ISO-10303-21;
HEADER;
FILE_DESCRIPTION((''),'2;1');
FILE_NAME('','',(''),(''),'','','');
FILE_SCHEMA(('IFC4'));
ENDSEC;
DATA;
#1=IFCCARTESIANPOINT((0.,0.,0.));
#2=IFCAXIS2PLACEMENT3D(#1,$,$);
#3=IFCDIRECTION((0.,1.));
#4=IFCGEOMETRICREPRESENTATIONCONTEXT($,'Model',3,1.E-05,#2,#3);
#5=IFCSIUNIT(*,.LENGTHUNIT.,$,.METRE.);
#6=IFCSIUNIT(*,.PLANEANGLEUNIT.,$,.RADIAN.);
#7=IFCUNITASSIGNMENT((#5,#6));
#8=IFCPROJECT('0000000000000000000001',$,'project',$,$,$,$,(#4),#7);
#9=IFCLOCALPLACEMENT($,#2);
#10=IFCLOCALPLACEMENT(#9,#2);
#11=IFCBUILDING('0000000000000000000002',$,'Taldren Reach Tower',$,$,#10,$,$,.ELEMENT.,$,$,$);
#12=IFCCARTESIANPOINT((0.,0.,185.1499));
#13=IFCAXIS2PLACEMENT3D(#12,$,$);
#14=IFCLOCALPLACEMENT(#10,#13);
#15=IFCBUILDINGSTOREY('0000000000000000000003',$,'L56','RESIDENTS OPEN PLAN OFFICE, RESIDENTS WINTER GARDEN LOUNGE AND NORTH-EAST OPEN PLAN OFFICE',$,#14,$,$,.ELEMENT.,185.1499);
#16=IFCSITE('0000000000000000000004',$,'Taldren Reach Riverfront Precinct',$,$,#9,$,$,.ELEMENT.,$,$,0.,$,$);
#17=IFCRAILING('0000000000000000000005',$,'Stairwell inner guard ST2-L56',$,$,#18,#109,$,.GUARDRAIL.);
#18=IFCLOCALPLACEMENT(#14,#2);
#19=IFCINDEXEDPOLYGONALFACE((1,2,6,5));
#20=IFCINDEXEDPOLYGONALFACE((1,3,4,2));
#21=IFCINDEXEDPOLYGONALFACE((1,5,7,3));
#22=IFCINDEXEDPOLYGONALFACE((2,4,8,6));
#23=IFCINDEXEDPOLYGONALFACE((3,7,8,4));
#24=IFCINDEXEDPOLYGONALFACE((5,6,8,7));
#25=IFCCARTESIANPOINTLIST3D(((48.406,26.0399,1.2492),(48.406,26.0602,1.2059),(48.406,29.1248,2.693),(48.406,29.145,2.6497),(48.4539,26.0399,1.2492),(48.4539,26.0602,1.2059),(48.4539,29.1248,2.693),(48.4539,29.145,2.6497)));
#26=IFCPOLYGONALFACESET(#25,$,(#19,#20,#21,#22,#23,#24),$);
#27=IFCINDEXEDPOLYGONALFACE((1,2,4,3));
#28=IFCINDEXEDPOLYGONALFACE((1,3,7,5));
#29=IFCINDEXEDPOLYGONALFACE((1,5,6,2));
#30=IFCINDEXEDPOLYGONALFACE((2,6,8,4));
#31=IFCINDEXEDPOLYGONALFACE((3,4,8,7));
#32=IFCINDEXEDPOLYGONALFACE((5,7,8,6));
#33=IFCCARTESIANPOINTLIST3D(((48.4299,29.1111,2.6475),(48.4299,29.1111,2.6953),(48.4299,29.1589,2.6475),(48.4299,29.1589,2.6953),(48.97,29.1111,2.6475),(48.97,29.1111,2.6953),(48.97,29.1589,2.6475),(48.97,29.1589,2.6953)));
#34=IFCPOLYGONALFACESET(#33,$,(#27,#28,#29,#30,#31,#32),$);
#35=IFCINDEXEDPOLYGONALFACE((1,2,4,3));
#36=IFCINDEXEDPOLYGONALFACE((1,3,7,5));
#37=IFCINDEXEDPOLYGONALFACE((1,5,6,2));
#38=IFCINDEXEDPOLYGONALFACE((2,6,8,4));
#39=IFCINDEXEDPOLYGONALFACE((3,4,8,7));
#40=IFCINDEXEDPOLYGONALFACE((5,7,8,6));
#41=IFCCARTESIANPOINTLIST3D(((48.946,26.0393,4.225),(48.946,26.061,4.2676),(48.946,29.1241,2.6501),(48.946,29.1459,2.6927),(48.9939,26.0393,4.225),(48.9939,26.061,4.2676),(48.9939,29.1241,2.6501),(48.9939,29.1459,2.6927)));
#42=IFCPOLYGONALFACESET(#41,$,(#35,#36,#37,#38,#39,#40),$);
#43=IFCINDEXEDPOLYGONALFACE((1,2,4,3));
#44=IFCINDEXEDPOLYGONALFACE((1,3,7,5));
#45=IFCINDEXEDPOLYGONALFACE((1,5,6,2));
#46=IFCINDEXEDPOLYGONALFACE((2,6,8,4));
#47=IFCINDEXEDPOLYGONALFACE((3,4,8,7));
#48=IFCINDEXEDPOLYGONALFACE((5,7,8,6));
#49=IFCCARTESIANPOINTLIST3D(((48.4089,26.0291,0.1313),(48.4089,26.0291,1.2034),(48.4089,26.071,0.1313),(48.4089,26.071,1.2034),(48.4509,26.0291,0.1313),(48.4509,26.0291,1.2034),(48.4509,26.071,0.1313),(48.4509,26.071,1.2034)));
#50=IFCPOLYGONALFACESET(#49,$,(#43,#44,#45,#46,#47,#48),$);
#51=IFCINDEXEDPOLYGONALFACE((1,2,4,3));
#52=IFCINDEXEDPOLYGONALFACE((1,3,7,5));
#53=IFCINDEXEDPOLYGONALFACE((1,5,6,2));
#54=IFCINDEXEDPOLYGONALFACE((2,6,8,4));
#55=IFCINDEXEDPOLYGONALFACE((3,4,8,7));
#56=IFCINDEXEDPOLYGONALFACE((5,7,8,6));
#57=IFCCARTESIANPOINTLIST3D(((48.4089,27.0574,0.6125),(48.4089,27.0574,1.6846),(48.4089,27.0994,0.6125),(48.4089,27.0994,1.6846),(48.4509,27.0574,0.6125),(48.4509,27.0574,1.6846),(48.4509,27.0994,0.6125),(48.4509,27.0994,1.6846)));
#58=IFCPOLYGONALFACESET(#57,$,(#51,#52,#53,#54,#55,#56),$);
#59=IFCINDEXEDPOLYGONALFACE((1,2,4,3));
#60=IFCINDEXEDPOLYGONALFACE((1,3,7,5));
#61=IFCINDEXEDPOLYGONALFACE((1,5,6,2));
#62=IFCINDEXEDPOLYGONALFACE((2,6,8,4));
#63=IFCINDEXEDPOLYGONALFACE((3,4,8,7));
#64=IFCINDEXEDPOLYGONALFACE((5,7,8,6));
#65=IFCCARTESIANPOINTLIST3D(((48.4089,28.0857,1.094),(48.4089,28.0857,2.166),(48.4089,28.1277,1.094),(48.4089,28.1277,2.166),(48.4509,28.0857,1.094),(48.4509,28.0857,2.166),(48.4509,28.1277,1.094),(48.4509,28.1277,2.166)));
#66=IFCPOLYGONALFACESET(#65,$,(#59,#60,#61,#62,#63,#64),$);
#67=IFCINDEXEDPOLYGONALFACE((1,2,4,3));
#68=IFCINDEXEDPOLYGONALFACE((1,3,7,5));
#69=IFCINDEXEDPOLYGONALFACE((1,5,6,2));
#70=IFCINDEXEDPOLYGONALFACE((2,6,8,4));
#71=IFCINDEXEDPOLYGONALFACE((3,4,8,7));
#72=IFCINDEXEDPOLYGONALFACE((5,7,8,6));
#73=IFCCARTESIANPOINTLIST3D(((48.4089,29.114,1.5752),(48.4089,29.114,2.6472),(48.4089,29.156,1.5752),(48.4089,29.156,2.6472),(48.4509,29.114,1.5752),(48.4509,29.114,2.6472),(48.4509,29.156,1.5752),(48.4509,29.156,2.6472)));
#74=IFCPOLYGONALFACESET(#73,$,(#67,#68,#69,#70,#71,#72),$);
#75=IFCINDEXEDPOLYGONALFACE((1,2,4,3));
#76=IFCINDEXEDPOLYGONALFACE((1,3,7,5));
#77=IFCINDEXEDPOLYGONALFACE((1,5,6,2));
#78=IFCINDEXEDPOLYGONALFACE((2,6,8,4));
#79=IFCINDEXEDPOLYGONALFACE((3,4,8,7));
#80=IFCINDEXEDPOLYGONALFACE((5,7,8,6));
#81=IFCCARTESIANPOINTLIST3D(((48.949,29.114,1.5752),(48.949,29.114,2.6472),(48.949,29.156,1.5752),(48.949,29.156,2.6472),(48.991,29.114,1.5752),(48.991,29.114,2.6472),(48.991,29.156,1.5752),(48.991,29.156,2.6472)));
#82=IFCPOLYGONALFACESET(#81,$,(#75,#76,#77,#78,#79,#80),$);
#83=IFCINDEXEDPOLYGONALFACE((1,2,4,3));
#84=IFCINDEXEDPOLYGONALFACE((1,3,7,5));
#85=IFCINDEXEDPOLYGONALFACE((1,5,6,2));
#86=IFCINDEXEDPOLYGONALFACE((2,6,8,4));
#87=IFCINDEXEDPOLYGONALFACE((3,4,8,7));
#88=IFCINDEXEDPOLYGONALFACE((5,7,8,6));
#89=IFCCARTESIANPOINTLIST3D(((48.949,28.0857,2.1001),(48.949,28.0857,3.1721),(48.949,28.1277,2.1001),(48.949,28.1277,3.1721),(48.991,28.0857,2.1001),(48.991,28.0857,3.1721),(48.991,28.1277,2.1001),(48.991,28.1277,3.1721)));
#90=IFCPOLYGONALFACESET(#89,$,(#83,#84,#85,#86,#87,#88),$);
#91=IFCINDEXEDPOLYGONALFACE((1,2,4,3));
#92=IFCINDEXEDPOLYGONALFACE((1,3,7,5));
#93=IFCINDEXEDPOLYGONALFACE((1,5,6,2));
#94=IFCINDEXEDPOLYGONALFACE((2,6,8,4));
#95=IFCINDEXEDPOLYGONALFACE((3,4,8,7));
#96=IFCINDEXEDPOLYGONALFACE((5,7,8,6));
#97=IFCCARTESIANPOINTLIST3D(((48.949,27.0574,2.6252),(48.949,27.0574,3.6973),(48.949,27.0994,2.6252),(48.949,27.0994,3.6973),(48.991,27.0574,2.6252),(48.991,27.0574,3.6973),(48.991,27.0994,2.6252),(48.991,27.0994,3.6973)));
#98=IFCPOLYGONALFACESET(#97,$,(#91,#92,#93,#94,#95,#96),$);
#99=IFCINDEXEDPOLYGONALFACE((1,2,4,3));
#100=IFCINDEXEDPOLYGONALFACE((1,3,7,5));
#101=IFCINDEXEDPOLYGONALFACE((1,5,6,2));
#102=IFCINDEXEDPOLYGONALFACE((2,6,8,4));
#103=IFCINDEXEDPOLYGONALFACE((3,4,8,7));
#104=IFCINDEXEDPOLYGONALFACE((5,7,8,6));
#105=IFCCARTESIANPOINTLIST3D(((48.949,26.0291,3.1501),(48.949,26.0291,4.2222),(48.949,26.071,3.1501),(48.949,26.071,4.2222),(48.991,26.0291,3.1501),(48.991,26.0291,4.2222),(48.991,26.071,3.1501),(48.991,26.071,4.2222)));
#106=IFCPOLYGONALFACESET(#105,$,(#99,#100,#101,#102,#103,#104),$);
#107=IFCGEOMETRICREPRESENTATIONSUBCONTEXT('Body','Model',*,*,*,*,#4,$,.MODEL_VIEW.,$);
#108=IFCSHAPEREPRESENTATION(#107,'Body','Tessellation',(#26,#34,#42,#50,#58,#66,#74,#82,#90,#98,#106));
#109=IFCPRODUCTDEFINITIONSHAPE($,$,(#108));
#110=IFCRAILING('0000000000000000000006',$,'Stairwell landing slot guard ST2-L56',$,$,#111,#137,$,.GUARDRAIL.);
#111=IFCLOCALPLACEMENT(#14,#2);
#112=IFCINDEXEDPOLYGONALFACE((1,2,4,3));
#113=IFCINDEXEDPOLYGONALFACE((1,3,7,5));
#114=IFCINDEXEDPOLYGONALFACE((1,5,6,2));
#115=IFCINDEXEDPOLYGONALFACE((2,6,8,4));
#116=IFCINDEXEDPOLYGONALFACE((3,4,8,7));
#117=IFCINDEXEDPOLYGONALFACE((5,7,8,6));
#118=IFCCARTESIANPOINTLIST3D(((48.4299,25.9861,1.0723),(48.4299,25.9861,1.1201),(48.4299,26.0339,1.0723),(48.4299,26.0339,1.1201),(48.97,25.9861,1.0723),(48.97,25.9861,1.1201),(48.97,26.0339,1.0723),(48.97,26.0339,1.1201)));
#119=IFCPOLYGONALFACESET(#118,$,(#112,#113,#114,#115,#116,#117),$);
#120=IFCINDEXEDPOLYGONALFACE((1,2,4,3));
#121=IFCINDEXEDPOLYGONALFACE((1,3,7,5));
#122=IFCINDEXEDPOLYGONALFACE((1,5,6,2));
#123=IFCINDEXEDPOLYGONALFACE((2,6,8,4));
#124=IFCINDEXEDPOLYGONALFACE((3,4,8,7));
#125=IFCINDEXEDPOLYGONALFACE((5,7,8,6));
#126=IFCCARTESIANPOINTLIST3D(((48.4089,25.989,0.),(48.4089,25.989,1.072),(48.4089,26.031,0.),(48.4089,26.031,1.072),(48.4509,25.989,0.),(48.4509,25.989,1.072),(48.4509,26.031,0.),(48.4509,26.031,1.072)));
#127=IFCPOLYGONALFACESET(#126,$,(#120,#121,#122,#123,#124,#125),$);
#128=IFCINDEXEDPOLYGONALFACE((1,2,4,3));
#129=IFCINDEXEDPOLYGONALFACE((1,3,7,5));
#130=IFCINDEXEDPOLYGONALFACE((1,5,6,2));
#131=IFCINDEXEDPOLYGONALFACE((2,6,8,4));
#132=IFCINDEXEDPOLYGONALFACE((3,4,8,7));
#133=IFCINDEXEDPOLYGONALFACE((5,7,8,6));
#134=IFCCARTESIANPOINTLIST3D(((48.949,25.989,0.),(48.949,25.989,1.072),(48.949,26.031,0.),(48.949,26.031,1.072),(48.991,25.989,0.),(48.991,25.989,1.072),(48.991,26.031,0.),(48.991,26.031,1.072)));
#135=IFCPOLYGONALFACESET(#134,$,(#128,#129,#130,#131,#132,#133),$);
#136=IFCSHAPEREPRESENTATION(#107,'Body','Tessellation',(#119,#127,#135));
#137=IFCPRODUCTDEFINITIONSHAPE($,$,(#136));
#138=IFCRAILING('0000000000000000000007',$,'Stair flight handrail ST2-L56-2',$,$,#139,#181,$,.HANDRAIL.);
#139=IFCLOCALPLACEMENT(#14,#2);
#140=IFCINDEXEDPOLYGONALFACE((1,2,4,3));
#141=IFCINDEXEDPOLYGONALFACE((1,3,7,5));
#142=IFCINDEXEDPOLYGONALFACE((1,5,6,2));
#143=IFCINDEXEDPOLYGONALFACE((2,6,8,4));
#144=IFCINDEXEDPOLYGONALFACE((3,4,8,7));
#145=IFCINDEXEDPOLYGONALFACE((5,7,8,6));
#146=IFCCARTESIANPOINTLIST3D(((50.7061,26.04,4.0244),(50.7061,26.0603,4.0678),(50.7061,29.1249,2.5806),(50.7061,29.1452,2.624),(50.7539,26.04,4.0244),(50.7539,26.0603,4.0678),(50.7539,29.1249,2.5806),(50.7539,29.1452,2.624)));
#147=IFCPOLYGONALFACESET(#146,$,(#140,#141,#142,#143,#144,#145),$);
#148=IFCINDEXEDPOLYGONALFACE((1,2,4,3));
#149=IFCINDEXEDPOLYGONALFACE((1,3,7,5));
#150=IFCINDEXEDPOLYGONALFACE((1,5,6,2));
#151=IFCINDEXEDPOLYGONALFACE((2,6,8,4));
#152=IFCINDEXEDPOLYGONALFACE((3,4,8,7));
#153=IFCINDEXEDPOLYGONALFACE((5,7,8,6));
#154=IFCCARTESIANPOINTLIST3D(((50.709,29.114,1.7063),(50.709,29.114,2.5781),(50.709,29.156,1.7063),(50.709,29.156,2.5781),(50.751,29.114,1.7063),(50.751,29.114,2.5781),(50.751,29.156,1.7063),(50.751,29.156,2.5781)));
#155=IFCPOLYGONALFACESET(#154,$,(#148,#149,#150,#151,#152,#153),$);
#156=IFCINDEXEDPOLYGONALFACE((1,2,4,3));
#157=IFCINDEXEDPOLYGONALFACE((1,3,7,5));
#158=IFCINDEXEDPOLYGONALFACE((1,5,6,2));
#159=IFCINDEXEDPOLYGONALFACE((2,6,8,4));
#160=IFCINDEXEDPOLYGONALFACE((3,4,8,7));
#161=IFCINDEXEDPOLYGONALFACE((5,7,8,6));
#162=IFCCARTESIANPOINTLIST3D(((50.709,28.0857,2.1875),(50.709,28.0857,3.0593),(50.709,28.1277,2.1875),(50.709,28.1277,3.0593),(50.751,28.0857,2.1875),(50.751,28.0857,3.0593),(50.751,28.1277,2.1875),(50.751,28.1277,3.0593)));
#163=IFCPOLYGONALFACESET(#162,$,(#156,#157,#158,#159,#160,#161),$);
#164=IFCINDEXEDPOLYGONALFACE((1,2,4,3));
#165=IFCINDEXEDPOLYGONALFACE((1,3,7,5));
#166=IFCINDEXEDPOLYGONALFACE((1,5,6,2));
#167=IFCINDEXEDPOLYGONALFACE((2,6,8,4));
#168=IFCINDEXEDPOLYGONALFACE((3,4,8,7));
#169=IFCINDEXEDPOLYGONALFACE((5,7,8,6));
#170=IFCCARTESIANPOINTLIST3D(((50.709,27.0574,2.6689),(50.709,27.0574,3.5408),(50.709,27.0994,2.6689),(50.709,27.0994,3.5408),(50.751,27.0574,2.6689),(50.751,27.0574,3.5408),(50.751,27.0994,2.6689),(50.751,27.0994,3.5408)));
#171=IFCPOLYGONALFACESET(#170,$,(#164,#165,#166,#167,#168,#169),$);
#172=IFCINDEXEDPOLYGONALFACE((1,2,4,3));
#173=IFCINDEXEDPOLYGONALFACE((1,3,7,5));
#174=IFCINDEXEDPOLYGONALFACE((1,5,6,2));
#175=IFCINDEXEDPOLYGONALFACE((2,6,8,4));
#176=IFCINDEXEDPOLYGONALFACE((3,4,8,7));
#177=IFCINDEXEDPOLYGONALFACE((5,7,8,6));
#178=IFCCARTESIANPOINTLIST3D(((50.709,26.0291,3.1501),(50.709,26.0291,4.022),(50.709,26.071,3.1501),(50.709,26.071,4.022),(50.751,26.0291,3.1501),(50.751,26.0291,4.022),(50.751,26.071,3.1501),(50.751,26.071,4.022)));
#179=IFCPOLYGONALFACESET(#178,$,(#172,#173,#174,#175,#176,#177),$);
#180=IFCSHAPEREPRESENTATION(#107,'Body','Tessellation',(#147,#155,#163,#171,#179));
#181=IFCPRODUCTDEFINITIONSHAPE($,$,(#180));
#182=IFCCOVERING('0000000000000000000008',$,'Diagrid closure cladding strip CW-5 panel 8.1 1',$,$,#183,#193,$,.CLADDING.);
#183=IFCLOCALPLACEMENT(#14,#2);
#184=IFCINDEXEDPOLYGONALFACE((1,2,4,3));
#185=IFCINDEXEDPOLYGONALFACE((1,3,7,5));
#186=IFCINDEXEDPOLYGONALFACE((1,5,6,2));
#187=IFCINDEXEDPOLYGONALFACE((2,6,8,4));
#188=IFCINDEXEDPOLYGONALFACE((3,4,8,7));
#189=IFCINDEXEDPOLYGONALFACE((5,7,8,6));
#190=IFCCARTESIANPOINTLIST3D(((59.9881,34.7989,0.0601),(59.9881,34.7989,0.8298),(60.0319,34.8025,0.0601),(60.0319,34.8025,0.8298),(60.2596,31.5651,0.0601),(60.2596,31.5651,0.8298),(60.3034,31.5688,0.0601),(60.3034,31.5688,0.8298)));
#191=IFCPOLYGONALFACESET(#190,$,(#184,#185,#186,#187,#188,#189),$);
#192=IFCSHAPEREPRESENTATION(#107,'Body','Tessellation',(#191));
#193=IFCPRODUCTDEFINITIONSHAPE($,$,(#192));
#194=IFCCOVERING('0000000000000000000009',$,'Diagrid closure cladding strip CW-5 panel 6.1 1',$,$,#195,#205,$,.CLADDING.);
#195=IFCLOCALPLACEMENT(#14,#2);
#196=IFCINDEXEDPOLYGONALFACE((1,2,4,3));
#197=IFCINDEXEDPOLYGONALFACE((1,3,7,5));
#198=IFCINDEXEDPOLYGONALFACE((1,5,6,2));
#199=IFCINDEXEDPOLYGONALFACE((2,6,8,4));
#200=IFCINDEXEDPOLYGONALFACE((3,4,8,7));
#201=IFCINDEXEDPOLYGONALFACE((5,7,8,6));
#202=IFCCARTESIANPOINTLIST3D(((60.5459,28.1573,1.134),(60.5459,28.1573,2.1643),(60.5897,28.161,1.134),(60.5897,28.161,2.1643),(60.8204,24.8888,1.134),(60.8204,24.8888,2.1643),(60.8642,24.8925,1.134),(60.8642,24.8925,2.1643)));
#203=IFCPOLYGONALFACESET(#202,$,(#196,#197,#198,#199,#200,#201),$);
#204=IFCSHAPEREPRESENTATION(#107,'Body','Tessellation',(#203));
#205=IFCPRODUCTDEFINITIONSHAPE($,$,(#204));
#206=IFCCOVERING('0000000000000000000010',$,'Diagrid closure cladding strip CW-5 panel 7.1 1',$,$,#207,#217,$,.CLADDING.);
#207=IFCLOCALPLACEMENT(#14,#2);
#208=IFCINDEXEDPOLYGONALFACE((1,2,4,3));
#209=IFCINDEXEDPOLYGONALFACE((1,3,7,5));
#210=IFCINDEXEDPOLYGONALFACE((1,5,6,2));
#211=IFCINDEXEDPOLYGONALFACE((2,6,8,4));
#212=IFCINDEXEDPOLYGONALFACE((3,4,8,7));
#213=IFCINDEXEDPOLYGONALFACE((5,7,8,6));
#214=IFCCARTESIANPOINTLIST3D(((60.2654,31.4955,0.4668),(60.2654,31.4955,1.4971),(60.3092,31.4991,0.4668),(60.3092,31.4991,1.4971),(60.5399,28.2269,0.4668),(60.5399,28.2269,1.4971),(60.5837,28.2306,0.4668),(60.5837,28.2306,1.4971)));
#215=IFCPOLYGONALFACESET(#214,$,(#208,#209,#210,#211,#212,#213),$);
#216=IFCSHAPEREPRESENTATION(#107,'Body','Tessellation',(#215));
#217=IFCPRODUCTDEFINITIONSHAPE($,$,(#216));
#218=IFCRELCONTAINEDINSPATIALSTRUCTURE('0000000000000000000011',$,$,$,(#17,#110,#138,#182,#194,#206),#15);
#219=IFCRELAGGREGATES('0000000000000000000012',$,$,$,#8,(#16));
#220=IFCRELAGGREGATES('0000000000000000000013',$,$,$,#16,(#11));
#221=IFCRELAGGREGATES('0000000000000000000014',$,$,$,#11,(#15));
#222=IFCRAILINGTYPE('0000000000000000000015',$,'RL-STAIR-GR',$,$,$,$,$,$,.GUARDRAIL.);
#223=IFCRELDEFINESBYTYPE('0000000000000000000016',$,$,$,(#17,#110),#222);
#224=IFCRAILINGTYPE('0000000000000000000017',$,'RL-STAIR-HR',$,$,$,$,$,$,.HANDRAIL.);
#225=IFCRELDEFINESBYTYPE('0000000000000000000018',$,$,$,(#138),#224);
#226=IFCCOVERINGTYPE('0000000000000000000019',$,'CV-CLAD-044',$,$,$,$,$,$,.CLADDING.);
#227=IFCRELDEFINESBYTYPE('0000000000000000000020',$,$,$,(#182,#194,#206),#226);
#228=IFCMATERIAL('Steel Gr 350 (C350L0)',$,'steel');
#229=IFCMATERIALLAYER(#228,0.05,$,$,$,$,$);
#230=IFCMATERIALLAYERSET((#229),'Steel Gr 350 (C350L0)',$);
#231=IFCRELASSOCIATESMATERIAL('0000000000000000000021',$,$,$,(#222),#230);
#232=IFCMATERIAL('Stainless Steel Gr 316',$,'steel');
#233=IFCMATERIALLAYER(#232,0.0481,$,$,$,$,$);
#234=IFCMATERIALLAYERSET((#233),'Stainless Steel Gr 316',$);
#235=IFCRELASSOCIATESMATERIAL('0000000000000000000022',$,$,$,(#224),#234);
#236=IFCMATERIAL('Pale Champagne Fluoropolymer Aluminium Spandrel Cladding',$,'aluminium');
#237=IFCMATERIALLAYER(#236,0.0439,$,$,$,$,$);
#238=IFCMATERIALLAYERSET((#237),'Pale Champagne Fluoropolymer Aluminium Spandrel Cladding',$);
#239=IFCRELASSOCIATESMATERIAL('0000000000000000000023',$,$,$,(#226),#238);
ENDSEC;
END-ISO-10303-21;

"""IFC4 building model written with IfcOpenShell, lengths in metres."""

from ifc_helpers import new_model, si_unit, direction, frame, origin, origin_2d, place, context, subcontext, project, spatial, rectangle, extrude, source, transform, mapped, material, layer, layer_set, type_object, element, save


model = new_model("IFC4")

# Units and contexts
model_context = context("Model", 3, precision=1e-05, world=origin(), true_north=direction((0.0, 1.0)))
body_context = subcontext(model_context, "Body", "Model", "MODEL_VIEW")
ifc_project = project(units=[si_unit("LENGTHUNIT", "METRE"), si_unit("PLANEANGLEUNIT", "RADIAN")], contexts=[model_context])

# Site, building, storey
site_placement = place(None, origin())
site = spatial("IfcSite", under=ifc_project, at=site_placement, Name="Taldren Reach Riverfront Precinct", CompositionType="ELEMENT", RefElevation=0.0)
building_placement = place(site_placement, origin())
building = spatial("IfcBuilding", under=site, at=building_placement, Name="Taldren Reach Tower", CompositionType="ELEMENT")
storey_placement = place(building_placement, frame((0.0, 0.0, 185.1499)))
storey = spatial("IfcBuildingStorey", under=building, at=storey_placement, Name="L56", Description="RESIDENTS OPEN PLAN OFFICE, RESIDENTS WINTER GARDEN LOUNGE AND NORTH-EAST OPEN PLAN OFFICE", CompositionType="ELEMENT", Elevation=185.1499)

# Railings
ifc_material_1 = material(Name="Steel Gr 350 (C350L0)", Category="steel")
ifc_layer_1 = layer(ifc_material_1, 0.05)
ifc_layer_set_1 = layer_set([ifc_layer_1], Name="Steel Gr 350 (C350L0)")
railing_type_1 = type_object("IfcRailingType", Name="RL-STAIR-GR", PredefinedType="GUARDRAIL", material=ifc_layer_set_1)
railing_1_placement = place(storey_placement, frame((48.4299, 26.05, 0.1313)))
element("IfcRailing", 1, at=railing_1_placement, inside=storey, type_object=railing_type_1, Name="Stairwell inner guard ST2-L56", PredefinedType="GUARDRAIL", context=body_context, shape_type="SweptSolid", body=[
    extrude(rectangle(XDim=0.0479, YDim=0.0479, at=origin_2d()), frame((0.0, 0.0, 1.0962), z_axis=(0.0, 0.90571, 0.423898), x_axis=(-1.0, 0.0, 0.0)), (0.0, 0.0, 1.0), 3.406),
    extrude(rectangle(XDim=0.0479, YDim=0.0479, at=origin_2d()), frame((0.0, 3.085, 2.54), z_axis=(1.0, 0.0, 0.0), x_axis=(0.0, 1.0, 0.0)), (0.0, 0.0, 1.0), 0.54),
    extrude(rectangle(XDim=0.0479, YDim=0.0479, at=origin_2d()), frame((0.54, 3.085, 2.54), z_axis=(0.0, -0.890646, 0.454697), x_axis=(1.0, 0.0, 0.0)), (0.0, 0.0, 1.0), 3.4636),
    extrude(rectangle(XDim=0.042, YDim=0.042, at=origin_2d()), origin(), (0.0, 0.0, 1.0), 1.072),
    extrude(rectangle(XDim=0.042, YDim=0.042, at=origin_2d()), frame((0.0, 1.0283, 0.4812)), (0.0, 0.0, 1.0), 1.072),
    extrude(rectangle(XDim=0.042, YDim=0.042, at=origin_2d()), frame((0.0, 2.0566, 0.9626)), (0.0, 0.0, 1.0), 1.072),
    extrude(rectangle(XDim=0.042, YDim=0.042, at=origin_2d()), frame((0.0, 3.085, 1.4438)), (0.0, 0.0, 1.0), 1.072),
    extrude(rectangle(XDim=0.042, YDim=0.042, at=origin_2d()), frame((0.54, 3.085, 1.4438)), (0.0, 0.0, 1.0), 1.072),
    extrude(rectangle(XDim=0.042, YDim=0.042, at=origin_2d()), frame((0.54, 2.0566, 1.9688)), (0.0, 0.0, 1.0), 1.072),
    extrude(rectangle(XDim=0.042, YDim=0.042, at=origin_2d()), frame((0.54, 1.0283, 2.4939)), (0.0, 0.0, 1.0), 1.072),
    extrude(rectangle(XDim=0.042, YDim=0.042, at=origin_2d()), frame((0.54, 0.0, 3.0188)), (0.0, 0.0, 1.0), 1.072),
])
railing_2_placement = place(storey_placement, frame((48.4299, 26.01, 0.0)))
element("IfcRailing", 2, at=railing_2_placement, inside=storey, type_object=railing_type_1, Name="Stairwell landing slot guard ST2-L56", PredefinedType="GUARDRAIL", context=body_context, shape_type="SweptSolid", body=[
    extrude(rectangle(XDim=0.0479, YDim=0.0479, at=origin_2d()), frame((0.0, 0.0, 1.0962), z_axis=(1.0, 0.0, 0.0), x_axis=(0.0, 1.0, 0.0)), (0.0, 0.0, 1.0), 0.54),
    extrude(rectangle(XDim=0.042, YDim=0.042, at=origin_2d()), origin(), (0.0, 0.0, 1.0), 1.072),
    extrude(rectangle(XDim=0.042, YDim=0.042, at=origin_2d()), frame((0.54, 0.0, 0.0)), (0.0, 0.0, 1.0), 1.072),
])
ifc_material_2 = material(Name="Stainless Steel Gr 316", Category="steel")
ifc_layer_2 = layer(ifc_material_2, 0.0481)
ifc_layer_set_2 = layer_set([ifc_layer_2], Name="Stainless Steel Gr 316")
railing_type_2 = type_object("IfcRailingType", Name="RL-STAIR-HR", PredefinedType="HANDRAIL", material=ifc_layer_set_2)
railing_3_placement = place(storey_placement, frame((50.73, 29.135, 1.7063)))
element("IfcRailing", 3, at=railing_3_placement, inside=storey, type_object=railing_type_2, Name="Stair flight handrail ST2-L56-2", PredefinedType="HANDRAIL", context=body_context, shape_type="SweptSolid", body=[
    extrude(rectangle(XDim=0.0479, YDim=0.0479, at=origin_2d()), frame((0.0, 0.0, 0.896), z_axis=(0.0, -0.90571, 0.423898), x_axis=(1.0, 0.0, 0.0)), (0.0, 0.0, 1.0), 3.406),
    extrude(rectangle(XDim=0.042, YDim=0.042, at=origin_2d()), origin(), (0.0, 0.0, 1.0), 0.8718),
    extrude(rectangle(XDim=0.042, YDim=0.042, at=origin_2d()), frame((0.0, -1.0283, 0.4812)), (0.0, 0.0, 1.0), 0.8718),
    extrude(rectangle(XDim=0.042, YDim=0.042, at=origin_2d()), frame((0.0, -2.0566, 0.9626)), (0.0, 0.0, 1.0), 0.8718),
    extrude(rectangle(XDim=0.042, YDim=0.042, at=origin_2d()), frame((0.0, -3.085, 1.4438)), (0.0, 0.0, 1.0), 0.8718),
])

# Coverings
ifc_material_3 = material(Name="Pale Champagne Fluoropolymer Aluminium Spandrel Cladding", Category="aluminium")
ifc_layer_3 = layer(ifc_material_3, 0.0439)
ifc_layer_set_3 = layer_set([ifc_layer_3], Name="Pale Champagne Fluoropolymer Aluminium Spandrel Cladding")
covering_type = type_object("IfcCoveringType", Name="CV-CLAD-044", PredefinedType="CLADDING", material=ifc_layer_set_3)
shared_shape_1 = source(origin(), body_context, "Body", "SweptSolid", [
    extrude(rectangle(XDim=3.2451, YDim=0.0439, at=origin_2d()), origin(), (0.0, 0.0, 1.0), 0.7698),
])
covering_1_placement = place(storey_placement, frame((60.1458, 33.1838, 0.0601), z_axis=(0.0, 0.0, 1.0), x_axis=(-0.083678, 0.996493, 0.0)))
element("IfcCovering", 4, at=covering_1_placement, inside=storey, type_object=covering_type, Name="Diagrid closure cladding strip CW-5 panel 8.1 1", PredefinedType="CLADDING", context=body_context, shape_type="MappedRepresentation", body=[
    mapped(shared_shape_1, transform((0.0, 0.0, 0.0), scale=1.0)),
])
shared_shape_2 = source(origin(), body_context, "Body", "SweptSolid", [
    extrude(rectangle(XDim=3.28, YDim=0.0439, at=origin_2d()), origin(), (0.0, 0.0, 1.0), 1.0303),
])
for number, where, z_axis, x_axis, name in (
    (5, (60.7051, 26.5249, 1.134), (0.0, 0.0, 1.0), (-0.083678, 0.996493, 0.0), "Diagrid closure cladding strip CW-5 panel 6.1 1"),
    (6, (60.4246, 29.863, 0.4668), (0.0, 0.0, 1.0), (-0.083678, 0.996493, 0.0), "Diagrid closure cladding strip CW-5 panel 7.1 1"),
):
    element("IfcCovering", number, at=place(storey_placement, frame(where, z_axis=z_axis, x_axis=x_axis)), inside=storey, type_object=covering_type, Name=name, PredefinedType="CLADDING", context=body_context, shape_type="MappedRepresentation", body=[
        mapped(shared_shape_2, transform((0.0, 0.0, 0.0), scale=1.0)),
    ])

save(model, "model.ifc")
